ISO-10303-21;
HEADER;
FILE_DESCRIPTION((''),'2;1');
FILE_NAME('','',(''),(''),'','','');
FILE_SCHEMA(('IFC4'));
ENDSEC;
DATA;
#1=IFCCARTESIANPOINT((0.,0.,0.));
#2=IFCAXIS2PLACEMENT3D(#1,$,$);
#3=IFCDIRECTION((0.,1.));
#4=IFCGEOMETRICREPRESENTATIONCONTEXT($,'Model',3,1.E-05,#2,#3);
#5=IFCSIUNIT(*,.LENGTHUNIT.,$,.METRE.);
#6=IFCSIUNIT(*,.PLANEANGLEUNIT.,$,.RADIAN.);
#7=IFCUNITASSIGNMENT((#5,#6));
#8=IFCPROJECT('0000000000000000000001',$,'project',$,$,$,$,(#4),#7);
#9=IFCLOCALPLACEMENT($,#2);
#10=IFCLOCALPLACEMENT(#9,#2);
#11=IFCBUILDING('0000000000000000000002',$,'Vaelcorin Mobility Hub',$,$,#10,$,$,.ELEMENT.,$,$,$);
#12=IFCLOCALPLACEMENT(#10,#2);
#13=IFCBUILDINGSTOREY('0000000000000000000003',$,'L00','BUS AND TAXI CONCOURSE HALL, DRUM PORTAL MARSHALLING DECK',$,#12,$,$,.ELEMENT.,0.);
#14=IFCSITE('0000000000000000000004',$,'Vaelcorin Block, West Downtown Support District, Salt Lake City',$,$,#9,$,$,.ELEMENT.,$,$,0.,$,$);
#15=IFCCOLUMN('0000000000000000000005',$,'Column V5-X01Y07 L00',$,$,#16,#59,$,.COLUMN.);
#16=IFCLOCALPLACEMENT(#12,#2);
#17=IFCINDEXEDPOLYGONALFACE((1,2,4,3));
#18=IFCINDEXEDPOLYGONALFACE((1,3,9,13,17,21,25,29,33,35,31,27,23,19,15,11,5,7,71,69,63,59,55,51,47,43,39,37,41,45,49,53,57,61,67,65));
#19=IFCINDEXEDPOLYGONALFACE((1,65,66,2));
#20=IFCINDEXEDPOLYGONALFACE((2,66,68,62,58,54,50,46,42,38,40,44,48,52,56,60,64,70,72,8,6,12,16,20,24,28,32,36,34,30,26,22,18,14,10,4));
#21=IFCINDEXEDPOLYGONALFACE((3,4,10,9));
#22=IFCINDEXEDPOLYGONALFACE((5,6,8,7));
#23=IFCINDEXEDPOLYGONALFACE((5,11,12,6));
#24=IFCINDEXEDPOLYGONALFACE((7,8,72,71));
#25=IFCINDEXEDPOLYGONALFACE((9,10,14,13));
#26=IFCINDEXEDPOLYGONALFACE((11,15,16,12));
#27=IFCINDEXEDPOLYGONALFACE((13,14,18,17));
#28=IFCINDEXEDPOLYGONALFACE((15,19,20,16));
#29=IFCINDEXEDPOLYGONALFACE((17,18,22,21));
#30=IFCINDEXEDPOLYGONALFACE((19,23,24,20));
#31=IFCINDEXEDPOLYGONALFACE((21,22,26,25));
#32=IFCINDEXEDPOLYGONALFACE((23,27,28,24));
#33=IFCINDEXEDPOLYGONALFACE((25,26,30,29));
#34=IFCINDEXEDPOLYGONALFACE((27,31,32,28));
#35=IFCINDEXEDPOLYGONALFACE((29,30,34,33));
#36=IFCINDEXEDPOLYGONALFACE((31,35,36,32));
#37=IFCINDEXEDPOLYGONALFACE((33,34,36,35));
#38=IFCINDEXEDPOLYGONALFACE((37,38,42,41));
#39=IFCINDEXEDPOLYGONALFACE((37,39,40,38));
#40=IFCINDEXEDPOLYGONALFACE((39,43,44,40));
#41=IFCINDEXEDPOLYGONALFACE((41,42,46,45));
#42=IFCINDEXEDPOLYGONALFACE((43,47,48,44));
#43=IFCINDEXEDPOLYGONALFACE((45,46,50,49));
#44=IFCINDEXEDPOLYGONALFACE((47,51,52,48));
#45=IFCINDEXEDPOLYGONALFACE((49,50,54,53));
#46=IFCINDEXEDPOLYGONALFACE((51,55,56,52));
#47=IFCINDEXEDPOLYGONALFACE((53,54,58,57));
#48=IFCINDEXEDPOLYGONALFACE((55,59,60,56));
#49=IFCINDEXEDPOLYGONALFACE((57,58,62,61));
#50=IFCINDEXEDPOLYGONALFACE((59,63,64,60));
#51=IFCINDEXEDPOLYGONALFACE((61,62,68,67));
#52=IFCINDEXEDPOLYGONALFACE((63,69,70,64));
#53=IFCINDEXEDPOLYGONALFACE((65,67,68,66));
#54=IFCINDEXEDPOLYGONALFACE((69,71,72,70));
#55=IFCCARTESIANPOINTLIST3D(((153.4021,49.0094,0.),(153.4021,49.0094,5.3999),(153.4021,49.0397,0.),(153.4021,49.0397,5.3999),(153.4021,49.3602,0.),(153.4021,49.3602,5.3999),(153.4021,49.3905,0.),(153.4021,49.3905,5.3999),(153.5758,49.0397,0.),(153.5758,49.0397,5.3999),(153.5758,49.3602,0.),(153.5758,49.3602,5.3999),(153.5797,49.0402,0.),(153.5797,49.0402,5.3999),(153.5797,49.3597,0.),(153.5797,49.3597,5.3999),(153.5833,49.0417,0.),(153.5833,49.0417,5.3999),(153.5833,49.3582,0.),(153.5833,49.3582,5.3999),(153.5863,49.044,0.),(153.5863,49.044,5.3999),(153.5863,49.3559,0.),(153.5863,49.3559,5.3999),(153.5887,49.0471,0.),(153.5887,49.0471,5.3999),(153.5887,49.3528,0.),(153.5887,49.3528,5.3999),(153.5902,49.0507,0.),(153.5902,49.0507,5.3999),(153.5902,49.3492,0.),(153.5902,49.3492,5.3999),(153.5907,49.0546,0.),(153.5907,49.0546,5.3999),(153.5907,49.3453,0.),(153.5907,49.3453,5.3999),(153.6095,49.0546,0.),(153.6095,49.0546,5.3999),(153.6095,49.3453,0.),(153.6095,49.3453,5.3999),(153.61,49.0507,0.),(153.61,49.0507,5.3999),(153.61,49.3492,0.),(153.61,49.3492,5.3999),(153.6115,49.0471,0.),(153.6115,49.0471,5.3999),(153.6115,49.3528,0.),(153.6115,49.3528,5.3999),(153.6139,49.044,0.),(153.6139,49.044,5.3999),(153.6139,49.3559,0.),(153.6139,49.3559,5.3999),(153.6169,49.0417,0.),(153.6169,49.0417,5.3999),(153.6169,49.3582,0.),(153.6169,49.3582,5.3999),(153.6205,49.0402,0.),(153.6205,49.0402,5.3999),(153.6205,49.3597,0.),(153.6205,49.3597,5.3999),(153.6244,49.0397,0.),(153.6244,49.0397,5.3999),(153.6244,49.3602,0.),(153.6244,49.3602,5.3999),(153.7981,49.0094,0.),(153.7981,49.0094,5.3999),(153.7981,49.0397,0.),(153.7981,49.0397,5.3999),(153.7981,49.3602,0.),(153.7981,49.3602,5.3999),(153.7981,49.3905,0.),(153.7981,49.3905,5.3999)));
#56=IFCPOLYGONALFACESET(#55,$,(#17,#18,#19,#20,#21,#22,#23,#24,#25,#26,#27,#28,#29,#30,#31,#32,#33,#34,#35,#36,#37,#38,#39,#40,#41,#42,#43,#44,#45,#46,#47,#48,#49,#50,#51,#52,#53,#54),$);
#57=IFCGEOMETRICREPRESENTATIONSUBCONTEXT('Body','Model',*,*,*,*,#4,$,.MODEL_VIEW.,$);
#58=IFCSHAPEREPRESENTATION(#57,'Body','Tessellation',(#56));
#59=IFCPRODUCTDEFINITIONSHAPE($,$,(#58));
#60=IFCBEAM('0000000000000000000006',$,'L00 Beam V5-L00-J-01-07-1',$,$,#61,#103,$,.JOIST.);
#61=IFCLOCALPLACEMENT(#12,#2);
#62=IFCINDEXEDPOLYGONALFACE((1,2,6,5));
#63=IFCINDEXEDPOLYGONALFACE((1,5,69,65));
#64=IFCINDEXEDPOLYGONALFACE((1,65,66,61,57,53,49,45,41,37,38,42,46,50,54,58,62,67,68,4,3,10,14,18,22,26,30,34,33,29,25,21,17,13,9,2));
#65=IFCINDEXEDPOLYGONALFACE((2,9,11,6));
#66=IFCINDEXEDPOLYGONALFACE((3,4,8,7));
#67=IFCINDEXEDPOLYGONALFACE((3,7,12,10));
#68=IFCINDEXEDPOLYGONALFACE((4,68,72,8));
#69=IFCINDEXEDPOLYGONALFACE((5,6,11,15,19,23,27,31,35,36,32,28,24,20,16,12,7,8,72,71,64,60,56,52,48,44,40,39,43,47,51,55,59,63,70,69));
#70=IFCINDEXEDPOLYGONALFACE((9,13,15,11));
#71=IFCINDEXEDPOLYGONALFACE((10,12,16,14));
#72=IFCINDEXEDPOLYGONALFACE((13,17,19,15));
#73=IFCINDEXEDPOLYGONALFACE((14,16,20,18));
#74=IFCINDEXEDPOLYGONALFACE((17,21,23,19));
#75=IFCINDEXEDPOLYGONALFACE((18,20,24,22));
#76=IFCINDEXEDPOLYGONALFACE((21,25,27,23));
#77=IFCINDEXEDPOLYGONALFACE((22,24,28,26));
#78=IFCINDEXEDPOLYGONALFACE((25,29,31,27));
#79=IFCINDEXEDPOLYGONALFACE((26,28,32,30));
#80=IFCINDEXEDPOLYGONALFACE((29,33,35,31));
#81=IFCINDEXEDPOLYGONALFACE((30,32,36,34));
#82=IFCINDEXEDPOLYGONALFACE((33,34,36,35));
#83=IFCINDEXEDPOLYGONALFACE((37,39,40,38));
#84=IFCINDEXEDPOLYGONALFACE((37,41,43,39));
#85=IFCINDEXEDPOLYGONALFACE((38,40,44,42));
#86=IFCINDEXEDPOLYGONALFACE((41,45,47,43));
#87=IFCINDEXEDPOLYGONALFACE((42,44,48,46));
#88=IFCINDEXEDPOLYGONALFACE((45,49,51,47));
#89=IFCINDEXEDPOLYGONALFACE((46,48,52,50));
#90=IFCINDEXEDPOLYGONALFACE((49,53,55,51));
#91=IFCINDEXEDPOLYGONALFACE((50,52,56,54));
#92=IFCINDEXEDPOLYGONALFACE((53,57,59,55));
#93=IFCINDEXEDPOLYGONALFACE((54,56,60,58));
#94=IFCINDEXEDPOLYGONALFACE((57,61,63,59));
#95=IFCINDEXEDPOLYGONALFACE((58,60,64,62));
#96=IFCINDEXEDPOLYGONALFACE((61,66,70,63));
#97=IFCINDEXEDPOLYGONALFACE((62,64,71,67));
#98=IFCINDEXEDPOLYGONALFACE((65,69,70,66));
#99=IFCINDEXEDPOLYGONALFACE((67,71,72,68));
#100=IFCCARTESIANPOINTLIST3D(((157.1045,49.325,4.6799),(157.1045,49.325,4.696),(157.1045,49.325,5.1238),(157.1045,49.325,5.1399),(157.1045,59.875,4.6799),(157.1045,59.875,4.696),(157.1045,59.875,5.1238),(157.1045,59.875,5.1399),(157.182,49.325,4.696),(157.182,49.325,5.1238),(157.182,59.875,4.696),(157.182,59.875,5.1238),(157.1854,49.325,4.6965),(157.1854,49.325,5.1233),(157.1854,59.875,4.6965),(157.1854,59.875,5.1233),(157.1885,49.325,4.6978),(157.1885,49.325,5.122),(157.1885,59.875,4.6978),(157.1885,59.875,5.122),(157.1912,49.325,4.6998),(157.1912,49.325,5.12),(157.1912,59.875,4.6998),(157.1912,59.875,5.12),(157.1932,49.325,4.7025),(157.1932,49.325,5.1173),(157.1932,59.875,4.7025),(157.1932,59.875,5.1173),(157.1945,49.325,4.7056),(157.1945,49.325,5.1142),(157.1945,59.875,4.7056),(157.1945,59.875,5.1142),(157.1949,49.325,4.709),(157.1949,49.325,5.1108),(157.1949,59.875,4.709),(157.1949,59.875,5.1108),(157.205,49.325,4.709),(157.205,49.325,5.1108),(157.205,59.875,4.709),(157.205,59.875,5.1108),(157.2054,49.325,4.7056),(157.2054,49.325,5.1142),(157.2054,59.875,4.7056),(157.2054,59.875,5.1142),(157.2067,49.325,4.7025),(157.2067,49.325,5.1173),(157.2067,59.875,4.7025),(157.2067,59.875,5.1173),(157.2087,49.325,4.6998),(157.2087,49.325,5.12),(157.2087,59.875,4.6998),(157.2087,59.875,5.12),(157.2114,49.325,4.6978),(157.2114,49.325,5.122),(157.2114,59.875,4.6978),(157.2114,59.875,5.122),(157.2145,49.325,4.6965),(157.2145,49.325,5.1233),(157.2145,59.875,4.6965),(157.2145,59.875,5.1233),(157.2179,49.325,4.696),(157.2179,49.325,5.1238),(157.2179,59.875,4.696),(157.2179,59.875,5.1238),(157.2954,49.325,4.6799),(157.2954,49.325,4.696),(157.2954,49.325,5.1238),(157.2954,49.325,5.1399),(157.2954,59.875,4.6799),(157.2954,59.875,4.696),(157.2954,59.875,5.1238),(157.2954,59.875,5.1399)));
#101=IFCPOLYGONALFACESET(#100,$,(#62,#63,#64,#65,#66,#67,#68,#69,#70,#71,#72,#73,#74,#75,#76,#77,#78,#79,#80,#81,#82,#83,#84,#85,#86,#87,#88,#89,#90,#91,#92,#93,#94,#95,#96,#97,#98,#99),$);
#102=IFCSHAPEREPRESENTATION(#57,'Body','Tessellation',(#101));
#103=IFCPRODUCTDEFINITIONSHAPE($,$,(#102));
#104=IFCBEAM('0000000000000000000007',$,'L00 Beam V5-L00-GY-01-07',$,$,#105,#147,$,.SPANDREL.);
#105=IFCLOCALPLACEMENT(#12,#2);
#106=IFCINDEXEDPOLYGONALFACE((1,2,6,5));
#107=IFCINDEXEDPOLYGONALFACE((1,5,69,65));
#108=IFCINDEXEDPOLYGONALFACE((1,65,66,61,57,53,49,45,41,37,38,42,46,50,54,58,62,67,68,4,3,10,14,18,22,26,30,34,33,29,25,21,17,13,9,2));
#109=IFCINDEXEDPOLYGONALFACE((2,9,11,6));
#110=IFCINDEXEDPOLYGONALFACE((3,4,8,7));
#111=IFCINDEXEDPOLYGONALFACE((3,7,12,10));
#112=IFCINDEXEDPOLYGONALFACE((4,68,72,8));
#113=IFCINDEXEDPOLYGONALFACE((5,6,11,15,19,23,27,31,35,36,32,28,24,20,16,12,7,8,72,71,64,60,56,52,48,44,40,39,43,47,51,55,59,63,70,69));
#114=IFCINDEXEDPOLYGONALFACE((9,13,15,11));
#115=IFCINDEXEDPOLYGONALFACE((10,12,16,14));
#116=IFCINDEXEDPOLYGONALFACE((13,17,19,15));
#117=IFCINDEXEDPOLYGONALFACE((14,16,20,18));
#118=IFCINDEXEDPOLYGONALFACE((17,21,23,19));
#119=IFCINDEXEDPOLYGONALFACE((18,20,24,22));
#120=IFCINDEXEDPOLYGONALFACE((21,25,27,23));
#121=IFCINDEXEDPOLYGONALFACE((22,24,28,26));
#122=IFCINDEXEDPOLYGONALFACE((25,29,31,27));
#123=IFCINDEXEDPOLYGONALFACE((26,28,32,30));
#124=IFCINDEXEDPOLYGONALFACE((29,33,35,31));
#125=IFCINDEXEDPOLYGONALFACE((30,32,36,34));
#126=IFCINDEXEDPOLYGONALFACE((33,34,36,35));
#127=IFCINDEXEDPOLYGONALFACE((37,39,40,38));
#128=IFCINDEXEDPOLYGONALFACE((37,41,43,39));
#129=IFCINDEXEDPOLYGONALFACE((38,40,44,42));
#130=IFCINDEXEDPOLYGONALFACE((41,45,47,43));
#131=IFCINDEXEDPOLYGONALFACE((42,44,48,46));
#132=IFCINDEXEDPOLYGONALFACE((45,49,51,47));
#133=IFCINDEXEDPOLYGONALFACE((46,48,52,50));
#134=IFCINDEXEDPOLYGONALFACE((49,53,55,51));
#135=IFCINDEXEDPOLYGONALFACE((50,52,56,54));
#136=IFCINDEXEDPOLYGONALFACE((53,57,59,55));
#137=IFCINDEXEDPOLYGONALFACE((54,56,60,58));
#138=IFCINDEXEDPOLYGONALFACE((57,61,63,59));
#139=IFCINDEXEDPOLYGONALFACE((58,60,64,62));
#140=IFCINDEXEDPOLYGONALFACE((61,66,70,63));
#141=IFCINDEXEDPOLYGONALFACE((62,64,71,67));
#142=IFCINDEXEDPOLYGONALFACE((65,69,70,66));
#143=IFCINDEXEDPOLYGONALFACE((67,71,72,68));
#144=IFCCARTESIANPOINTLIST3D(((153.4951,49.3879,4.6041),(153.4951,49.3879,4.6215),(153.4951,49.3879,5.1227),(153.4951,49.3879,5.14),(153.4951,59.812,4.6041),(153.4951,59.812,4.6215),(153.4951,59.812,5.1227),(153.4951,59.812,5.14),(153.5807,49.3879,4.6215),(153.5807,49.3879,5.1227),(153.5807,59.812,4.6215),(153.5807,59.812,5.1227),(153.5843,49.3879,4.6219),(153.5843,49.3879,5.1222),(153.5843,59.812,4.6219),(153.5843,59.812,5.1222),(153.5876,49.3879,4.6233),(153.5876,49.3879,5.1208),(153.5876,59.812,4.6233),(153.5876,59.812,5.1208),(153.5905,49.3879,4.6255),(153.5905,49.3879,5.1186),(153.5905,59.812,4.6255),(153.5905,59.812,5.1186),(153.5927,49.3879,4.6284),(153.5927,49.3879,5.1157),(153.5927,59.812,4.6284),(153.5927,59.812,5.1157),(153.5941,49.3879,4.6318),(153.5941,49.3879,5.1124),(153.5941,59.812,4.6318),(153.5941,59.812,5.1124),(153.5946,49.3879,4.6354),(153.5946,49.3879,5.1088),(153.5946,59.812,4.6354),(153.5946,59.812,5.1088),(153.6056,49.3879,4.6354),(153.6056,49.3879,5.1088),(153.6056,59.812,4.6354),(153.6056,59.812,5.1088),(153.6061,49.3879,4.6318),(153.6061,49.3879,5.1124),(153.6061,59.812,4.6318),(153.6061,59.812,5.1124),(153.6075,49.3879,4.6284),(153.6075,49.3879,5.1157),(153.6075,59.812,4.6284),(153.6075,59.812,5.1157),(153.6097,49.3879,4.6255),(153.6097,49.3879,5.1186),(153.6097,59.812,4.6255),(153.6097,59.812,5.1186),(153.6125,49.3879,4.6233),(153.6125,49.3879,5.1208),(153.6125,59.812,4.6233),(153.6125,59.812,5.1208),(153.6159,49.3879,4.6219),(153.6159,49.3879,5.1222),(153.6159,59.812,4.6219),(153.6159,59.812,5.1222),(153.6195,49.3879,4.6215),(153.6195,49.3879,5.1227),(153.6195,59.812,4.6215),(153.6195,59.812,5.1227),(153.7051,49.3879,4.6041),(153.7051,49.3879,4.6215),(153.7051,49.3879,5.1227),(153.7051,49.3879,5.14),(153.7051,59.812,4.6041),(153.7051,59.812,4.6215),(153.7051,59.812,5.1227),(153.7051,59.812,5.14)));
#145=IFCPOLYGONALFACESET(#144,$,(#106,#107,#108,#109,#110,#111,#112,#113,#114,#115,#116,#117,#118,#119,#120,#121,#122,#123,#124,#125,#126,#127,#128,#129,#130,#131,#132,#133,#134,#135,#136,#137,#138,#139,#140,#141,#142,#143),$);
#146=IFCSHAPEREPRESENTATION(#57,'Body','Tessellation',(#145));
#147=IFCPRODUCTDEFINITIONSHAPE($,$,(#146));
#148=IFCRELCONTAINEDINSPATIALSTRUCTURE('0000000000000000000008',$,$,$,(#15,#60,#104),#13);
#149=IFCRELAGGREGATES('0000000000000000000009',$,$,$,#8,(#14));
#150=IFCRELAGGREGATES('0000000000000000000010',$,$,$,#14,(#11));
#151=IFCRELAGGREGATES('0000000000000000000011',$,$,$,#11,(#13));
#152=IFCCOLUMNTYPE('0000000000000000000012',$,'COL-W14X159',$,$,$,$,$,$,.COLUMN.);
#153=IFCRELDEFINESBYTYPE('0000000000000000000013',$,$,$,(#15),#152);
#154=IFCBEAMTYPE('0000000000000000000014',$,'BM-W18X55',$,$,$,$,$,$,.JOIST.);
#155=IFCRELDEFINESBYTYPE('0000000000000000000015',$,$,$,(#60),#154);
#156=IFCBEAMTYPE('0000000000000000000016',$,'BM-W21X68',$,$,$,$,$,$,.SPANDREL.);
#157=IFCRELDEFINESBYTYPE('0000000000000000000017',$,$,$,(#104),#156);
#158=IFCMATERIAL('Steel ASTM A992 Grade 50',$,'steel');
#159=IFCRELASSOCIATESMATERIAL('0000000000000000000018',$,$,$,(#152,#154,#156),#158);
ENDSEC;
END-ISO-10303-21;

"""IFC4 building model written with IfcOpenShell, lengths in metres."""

from ifc_helpers import new_model, si_unit, direction, frame, origin, origin_2d, place, context, subcontext, project, spatial, i_section, extrude, material, material_profile, profile_set, type_object, element, save


model = new_model("IFC4")

# Units and contexts
model_context = context("Model", 3, precision=1e-05, world=origin(), true_north=direction((0.0, 1.0)))
body_context = subcontext(model_context, "Body", "Model", "MODEL_VIEW")
ifc_project = project(units=[si_unit("LENGTHUNIT", "METRE"), si_unit("PLANEANGLEUNIT", "RADIAN")], contexts=[model_context])

# Site, building, storey
site_placement = place(None, origin())
site = spatial("IfcSite", under=ifc_project, at=site_placement, Name="Vaelcorin Block, West Downtown Support District, Salt Lake City", CompositionType="ELEMENT", RefElevation=0.0)
building_placement = place(site_placement, origin())
building = spatial("IfcBuilding", under=site, at=building_placement, Name="Vaelcorin Mobility Hub", CompositionType="ELEMENT")
storey_placement = place(building_placement, origin())
storey = spatial("IfcBuildingStorey", under=building, at=storey_placement, Name="L00", Description="BUS AND TAXI CONCOURSE HALL, DRUM PORTAL MARSHALLING DECK", CompositionType="ELEMENT", Elevation=0.0)

# Column
ifc_material_1 = material(Name="Steel ASTM A992 Grade 50", Category="steel")
ifc_material_profile_1 = material_profile(ifc_material_1, i_section(OverallWidth=0.396, OverallDepth=0.3811, WebThickness=0.0188, FlangeThickness=0.0303, FilletRadius=0.0149, at=origin_2d()), Name="W14X159")
ifc_profile_set_1 = profile_set([ifc_material_profile_1], Name="Steel ASTM A992 Grade 50")
column_type = type_object("IfcColumnType", Name="COL-W14X159", PredefinedType="COLUMN", material=ifc_profile_set_1)
column_placement = place(storey_placement, frame((153.6001, 49.2, 0.0), z_axis=(0.0, 0.0, 1.0), x_axis=(1.0, 0.0, 0.0)))
element("IfcColumn", 1, at=column_placement, inside=storey, type_object=column_type, Name="Column V5-X01Y07 L00", PredefinedType="COLUMN", context=body_context, shape_type="SweptSolid", body=[
    extrude(i_section(OverallWidth=0.396, OverallDepth=0.3811, WebThickness=0.0188, FlangeThickness=0.0303, FilletRadius=0.0149, at=origin_2d()), origin(), (0.0, 0.0, 1.0), 5.3999),
])

# Beams
ifc_material_profile_2 = material_profile(ifc_material_1, i_section(OverallWidth=0.1909, OverallDepth=0.46, WebThickness=0.01, FlangeThickness=0.0161, FilletRadius=0.0129, at=origin_2d()), Name="W18X55")
ifc_profile_set_2 = profile_set([ifc_material_profile_2], Name="Steel ASTM A992 Grade 50")
beam_type_1 = type_object("IfcBeamType", Name="BM-W18X55", PredefinedType="JOIST", material=ifc_profile_set_2)
beam_1_placement = place(storey_placement, frame((157.2, 49.325, 4.9099), z_axis=(0.0, 1.0, 0.0), x_axis=(-1.0, 0.0, 0.0)))
element("IfcBeam", 2, at=beam_1_placement, inside=storey, type_object=beam_type_1, Name="L00 Beam V5-L00-J-01-07-1", PredefinedType="JOIST", context=body_context, shape_type="SweptSolid", body=[
    extrude(i_section(OverallWidth=0.1909, OverallDepth=0.46, WebThickness=0.01, FlangeThickness=0.0161, FilletRadius=0.0129, at=origin_2d()), origin(), (0.0, 0.0, 1.0), 10.55),
])
ifc_material_profile_3 = material_profile(ifc_material_1, i_section(OverallWidth=0.21, OverallDepth=0.5359, WebThickness=0.011, FlangeThickness=0.0173, FilletRadius=0.0139, at=origin_2d()), Name="W21X68")
ifc_profile_set_3 = profile_set([ifc_material_profile_3], Name="Steel ASTM A992 Grade 50")
beam_type_2 = type_object("IfcBeamType", Name="BM-W21X68", PredefinedType="SPANDREL", material=ifc_profile_set_3)
beam_2_placement = place(storey_placement, frame((153.6001, 49.3879, 4.8721), z_axis=(0.0, 1.0, 0.0), x_axis=(-1.0, 0.0, 0.0)))
element("IfcBeam", 3, at=beam_2_placement, inside=storey, type_object=beam_type_2, Name="L00 Beam V5-L00-GY-01-07", PredefinedType="SPANDREL", context=body_context, shape_type="SweptSolid", body=[
    extrude(i_section(OverallWidth=0.21, OverallDepth=0.5359, WebThickness=0.011, FlangeThickness=0.0173, FilletRadius=0.0139, at=origin_2d()), origin(), (0.0, 0.0, 1.0), 10.4241),
])

save(model, "model.ifc")
